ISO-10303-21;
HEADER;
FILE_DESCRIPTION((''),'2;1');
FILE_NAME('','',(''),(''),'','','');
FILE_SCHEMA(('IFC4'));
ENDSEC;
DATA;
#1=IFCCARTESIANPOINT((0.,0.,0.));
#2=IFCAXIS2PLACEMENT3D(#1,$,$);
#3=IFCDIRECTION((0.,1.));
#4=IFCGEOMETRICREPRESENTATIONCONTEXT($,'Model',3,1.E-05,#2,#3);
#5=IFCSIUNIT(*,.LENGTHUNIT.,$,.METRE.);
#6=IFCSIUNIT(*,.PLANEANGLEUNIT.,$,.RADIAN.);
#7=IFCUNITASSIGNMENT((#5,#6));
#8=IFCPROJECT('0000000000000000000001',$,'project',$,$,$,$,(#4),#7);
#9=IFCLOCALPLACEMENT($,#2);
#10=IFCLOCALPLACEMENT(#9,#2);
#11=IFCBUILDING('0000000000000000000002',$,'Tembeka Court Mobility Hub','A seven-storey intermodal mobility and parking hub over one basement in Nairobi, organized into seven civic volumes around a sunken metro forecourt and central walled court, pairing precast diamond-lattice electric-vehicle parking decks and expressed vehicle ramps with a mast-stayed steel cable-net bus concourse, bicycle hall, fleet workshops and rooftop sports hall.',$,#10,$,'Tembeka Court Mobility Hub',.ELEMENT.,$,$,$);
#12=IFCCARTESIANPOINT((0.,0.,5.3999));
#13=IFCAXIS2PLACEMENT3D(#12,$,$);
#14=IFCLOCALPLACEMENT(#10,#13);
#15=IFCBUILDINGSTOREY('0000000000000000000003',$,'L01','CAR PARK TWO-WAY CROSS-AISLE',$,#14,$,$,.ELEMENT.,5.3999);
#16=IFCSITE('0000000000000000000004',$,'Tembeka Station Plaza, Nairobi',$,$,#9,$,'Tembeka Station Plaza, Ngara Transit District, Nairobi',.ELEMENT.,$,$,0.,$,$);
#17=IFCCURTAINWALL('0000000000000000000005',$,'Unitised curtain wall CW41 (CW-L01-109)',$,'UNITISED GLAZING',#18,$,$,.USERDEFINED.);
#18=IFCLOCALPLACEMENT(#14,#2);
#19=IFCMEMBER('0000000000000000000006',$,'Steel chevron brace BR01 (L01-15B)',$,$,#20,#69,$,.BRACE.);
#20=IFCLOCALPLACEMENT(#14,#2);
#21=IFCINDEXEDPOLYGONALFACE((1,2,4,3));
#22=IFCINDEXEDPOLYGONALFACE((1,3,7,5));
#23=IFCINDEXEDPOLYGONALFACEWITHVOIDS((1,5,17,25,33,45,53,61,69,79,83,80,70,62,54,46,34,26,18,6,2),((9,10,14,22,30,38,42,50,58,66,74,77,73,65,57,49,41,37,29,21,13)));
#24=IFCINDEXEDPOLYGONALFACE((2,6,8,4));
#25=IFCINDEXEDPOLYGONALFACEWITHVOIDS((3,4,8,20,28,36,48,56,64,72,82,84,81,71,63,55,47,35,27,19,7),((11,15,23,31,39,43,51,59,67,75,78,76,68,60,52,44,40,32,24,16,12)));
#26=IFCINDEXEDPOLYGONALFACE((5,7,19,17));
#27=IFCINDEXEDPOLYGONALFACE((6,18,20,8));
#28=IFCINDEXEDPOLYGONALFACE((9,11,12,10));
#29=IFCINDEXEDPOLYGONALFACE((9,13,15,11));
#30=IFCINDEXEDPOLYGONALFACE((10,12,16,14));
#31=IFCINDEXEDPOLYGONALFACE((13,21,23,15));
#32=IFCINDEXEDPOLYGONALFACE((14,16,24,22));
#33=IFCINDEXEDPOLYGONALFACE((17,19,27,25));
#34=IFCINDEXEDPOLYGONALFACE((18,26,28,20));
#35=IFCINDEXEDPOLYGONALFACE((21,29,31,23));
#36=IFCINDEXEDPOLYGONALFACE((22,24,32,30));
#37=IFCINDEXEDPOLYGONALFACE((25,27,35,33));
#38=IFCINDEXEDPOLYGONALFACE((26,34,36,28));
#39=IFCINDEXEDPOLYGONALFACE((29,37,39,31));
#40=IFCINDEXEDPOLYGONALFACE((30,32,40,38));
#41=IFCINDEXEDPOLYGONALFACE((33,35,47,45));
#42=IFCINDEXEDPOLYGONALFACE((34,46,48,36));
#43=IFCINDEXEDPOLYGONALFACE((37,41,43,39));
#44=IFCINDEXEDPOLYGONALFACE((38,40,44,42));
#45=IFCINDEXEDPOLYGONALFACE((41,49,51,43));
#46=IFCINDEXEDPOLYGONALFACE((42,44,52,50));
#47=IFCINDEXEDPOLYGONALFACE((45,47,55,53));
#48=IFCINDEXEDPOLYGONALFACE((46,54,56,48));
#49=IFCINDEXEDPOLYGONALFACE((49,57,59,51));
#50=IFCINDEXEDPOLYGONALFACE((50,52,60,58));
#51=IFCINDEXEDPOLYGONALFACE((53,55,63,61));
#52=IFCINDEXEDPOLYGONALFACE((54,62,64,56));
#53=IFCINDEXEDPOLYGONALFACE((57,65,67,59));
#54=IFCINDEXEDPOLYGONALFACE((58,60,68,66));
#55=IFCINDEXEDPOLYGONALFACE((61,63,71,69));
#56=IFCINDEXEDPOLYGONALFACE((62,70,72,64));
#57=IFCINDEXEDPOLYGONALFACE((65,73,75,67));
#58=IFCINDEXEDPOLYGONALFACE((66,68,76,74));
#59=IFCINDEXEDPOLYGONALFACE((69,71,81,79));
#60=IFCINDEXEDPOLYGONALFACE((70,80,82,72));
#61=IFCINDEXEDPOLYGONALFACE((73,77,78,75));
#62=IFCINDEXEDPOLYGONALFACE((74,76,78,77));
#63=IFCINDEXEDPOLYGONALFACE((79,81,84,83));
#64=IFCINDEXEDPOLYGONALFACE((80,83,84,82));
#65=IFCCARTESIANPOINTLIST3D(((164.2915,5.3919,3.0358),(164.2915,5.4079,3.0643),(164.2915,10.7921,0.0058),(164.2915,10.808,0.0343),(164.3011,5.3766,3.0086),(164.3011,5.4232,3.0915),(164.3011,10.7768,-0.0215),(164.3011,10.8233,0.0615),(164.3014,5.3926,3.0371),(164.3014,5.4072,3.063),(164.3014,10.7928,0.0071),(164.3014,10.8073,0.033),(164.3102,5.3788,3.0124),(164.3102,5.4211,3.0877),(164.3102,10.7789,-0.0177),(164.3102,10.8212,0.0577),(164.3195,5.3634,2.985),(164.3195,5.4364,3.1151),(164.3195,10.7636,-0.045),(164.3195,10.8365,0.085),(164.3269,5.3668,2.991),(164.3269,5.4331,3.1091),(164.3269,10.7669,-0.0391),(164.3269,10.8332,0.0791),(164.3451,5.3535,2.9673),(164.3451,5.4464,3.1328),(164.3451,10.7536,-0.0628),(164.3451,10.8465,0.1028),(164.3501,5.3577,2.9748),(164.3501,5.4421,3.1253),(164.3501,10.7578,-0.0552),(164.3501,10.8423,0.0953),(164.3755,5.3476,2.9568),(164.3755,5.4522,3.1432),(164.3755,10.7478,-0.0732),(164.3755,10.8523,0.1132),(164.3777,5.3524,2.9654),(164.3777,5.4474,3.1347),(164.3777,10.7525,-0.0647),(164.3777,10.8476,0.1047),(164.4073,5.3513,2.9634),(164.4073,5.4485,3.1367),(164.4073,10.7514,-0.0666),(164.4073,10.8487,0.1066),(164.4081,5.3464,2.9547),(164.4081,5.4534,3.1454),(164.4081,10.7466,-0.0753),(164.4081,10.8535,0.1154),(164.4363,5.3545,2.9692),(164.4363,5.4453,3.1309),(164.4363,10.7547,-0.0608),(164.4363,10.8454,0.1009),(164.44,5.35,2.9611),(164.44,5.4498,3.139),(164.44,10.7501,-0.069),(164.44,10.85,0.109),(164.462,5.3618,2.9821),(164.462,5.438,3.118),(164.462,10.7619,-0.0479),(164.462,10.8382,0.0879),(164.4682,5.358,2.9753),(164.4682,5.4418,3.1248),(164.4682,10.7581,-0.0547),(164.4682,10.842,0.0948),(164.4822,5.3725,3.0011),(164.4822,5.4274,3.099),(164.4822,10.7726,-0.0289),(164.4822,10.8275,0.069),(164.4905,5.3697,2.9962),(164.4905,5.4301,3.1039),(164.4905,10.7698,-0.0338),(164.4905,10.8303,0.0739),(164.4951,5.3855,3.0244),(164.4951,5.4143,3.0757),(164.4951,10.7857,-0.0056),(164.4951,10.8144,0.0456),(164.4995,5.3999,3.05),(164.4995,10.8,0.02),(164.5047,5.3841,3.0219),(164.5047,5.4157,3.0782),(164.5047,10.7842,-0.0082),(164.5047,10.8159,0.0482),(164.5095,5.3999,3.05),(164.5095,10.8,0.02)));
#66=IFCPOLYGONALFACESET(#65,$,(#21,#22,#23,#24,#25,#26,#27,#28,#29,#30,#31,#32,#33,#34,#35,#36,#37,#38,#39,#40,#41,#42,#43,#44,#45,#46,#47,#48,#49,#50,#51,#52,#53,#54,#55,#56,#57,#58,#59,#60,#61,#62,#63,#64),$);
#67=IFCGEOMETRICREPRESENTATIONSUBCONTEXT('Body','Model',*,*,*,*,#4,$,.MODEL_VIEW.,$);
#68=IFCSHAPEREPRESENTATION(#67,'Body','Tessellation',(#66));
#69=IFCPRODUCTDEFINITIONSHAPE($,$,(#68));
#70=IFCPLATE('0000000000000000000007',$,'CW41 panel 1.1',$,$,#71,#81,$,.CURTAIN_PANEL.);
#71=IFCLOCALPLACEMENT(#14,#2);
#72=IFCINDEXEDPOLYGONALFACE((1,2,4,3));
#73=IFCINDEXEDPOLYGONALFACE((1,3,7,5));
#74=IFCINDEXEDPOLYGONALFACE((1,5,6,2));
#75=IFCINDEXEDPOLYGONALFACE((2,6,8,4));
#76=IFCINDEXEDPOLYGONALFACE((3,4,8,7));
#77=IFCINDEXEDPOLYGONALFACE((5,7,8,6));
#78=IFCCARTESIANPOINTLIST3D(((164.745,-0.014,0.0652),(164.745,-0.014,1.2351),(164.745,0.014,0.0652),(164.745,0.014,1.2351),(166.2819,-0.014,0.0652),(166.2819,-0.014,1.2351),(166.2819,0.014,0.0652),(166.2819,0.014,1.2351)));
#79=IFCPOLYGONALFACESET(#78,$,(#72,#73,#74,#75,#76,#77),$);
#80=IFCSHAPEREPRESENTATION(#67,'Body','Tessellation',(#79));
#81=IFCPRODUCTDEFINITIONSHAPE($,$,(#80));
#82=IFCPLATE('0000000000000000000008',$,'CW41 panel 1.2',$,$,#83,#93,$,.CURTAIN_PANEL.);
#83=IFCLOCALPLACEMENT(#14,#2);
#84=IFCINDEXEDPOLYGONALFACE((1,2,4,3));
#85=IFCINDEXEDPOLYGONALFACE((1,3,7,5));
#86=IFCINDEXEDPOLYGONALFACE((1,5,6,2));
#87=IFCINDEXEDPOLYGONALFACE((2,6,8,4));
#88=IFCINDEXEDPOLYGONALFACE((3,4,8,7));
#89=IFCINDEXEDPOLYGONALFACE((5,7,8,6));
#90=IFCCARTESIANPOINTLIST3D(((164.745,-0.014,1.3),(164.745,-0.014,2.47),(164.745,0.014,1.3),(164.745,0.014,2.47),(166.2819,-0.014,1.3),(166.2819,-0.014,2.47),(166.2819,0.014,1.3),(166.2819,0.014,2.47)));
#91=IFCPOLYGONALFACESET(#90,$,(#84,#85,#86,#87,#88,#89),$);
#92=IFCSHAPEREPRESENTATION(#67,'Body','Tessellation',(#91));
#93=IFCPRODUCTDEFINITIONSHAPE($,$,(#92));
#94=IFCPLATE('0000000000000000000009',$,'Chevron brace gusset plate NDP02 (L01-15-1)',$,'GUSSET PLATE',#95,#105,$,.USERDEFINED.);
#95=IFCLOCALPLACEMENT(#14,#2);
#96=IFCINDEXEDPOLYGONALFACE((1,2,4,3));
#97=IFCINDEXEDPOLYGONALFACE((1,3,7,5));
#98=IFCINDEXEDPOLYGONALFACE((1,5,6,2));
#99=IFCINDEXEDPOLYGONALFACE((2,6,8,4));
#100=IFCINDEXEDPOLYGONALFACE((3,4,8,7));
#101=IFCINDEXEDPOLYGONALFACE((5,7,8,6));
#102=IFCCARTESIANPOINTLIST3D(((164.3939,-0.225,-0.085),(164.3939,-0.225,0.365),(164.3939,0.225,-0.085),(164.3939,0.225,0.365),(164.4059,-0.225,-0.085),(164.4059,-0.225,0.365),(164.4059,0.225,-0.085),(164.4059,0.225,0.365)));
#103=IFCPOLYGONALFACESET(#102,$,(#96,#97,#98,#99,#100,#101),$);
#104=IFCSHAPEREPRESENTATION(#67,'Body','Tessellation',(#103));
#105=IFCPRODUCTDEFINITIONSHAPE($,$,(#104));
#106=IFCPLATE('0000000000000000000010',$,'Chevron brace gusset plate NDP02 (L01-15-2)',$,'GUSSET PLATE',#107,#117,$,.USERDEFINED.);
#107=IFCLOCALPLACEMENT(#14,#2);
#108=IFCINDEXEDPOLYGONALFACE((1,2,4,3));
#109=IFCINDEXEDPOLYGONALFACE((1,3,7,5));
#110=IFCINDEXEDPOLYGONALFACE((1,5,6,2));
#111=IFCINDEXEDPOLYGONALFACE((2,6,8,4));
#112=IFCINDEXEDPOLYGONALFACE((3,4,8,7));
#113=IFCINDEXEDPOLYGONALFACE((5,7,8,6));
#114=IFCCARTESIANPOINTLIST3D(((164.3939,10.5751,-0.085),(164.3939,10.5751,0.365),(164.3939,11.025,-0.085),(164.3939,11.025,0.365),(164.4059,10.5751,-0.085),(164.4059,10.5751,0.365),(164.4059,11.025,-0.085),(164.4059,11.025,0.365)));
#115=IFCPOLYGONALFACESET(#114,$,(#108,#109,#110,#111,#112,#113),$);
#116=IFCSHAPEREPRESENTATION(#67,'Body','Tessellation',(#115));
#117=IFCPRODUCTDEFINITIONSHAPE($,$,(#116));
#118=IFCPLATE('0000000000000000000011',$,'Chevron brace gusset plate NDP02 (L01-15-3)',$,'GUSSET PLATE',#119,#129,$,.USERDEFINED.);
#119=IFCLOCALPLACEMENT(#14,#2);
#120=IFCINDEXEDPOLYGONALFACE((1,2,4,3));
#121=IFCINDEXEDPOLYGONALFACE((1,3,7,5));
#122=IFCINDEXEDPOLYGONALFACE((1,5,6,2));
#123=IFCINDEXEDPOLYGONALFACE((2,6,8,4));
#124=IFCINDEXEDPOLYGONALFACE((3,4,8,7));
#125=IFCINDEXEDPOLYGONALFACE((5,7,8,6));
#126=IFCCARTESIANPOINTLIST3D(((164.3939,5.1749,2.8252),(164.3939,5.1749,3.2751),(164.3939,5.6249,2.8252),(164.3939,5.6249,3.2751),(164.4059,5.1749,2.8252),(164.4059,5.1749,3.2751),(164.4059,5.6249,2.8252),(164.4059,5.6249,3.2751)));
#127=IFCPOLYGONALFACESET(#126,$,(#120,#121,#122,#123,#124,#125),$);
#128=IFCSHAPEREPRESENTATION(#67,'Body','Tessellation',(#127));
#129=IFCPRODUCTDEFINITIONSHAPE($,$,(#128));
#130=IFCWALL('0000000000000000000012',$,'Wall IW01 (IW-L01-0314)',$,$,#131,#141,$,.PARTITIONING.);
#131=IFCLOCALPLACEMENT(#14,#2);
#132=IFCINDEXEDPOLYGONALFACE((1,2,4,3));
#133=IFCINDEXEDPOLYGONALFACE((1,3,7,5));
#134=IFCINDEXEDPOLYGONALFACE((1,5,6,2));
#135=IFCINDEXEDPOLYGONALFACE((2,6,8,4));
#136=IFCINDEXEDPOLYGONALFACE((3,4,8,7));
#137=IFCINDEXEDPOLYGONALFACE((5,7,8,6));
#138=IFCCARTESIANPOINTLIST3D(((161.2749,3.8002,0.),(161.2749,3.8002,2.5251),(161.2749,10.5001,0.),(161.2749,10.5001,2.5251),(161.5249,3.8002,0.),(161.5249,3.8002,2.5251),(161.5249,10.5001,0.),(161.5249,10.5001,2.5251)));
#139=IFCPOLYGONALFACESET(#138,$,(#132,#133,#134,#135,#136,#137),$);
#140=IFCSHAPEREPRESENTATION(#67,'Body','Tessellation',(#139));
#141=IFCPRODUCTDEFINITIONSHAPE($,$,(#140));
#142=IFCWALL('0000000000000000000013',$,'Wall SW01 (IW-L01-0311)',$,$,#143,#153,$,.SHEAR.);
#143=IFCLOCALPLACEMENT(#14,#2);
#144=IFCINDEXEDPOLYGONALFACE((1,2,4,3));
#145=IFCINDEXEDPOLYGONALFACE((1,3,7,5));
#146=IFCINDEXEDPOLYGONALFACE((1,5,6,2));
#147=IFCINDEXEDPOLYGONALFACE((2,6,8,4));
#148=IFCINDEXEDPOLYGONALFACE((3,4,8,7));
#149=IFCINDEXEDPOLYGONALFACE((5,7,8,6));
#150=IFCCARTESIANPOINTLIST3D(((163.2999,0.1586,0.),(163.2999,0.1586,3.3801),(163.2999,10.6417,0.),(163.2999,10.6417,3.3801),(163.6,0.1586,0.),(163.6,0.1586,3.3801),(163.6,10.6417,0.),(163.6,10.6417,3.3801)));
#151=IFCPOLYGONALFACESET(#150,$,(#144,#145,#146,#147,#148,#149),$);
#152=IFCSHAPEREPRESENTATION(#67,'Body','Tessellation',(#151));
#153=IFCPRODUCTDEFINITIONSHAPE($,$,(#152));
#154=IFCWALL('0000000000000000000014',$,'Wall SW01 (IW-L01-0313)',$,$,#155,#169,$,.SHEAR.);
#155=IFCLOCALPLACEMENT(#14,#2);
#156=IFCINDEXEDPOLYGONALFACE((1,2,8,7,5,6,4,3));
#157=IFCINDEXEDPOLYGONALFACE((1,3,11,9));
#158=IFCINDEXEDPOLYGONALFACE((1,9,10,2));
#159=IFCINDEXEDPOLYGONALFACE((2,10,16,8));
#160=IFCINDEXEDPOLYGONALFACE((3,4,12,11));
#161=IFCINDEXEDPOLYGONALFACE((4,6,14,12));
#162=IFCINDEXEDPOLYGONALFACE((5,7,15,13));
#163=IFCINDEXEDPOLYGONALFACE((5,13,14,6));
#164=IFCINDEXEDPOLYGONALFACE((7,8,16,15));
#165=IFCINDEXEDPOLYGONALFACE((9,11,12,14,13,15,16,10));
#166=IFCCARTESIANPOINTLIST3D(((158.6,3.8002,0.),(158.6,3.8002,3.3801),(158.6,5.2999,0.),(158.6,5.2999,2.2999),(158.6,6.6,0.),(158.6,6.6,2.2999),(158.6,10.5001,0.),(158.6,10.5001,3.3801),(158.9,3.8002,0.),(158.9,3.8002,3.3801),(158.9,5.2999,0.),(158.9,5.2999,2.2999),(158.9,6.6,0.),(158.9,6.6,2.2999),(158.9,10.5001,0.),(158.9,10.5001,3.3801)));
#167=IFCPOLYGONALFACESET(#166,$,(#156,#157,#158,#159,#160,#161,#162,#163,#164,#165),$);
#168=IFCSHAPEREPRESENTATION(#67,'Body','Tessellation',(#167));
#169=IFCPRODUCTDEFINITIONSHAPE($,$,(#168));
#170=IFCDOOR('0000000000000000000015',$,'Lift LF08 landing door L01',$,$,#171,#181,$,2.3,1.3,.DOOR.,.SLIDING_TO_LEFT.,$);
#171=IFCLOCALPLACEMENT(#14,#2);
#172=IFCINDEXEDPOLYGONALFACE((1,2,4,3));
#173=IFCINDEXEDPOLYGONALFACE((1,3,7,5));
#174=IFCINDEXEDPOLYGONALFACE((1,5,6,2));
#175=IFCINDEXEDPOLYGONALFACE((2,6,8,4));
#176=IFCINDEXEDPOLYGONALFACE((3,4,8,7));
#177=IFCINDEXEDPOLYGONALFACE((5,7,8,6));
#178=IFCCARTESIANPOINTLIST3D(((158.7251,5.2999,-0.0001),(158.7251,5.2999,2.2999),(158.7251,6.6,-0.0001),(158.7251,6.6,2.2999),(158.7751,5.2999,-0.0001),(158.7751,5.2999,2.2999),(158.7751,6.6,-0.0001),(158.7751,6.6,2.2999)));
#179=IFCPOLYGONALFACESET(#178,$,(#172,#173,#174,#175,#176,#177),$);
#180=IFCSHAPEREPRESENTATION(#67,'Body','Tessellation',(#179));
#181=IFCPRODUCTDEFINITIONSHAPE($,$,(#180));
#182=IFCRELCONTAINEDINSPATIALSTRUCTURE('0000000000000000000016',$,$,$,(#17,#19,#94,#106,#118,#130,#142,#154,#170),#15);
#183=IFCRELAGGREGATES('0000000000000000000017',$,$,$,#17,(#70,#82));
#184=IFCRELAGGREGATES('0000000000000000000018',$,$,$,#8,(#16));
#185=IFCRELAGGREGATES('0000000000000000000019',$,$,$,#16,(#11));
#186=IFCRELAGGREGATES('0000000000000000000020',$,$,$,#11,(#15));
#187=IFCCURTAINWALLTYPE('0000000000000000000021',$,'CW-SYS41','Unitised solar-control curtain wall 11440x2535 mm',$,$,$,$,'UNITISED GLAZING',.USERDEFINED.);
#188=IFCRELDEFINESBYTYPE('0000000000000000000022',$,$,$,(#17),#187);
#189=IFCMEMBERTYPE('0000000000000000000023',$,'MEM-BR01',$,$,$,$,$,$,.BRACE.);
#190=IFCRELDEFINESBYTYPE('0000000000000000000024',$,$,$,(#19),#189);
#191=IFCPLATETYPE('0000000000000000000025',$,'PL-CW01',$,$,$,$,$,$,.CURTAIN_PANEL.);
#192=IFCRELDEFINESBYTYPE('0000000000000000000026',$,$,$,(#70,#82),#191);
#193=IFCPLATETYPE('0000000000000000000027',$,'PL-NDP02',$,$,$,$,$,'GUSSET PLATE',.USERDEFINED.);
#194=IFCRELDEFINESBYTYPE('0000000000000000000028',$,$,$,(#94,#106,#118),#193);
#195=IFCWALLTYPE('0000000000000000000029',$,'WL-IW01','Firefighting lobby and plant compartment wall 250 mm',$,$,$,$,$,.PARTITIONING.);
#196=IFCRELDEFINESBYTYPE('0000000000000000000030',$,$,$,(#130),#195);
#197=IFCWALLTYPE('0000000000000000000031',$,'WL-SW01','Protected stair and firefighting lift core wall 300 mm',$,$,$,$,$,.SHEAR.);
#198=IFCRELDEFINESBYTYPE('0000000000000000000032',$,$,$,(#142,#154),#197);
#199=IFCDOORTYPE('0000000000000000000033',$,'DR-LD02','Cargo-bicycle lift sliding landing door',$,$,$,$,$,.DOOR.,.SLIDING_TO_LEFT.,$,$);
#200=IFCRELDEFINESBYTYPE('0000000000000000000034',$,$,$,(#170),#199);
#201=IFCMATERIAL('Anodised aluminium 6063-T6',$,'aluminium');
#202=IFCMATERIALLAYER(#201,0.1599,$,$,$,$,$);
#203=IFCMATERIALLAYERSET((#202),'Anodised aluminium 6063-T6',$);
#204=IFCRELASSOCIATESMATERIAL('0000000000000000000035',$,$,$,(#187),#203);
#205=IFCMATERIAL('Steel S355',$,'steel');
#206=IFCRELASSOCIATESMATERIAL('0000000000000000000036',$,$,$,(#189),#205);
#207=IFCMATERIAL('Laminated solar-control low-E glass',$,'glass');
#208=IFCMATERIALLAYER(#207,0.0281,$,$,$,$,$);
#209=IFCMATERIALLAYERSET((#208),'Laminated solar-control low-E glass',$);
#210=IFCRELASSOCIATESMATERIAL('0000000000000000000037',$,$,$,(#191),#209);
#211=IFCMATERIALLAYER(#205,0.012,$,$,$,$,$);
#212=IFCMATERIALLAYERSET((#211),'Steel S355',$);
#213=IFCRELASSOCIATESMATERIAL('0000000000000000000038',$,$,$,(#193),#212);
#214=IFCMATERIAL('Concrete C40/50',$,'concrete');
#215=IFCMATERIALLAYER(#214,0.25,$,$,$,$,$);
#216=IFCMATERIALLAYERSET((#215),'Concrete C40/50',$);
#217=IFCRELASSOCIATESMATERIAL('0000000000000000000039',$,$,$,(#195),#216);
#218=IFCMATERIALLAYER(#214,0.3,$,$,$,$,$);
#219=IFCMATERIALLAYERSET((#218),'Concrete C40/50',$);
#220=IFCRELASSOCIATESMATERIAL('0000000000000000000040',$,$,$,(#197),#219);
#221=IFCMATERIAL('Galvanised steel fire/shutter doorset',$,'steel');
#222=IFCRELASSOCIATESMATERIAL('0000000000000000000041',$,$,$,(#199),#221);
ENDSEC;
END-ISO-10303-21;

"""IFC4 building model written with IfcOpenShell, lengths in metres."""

from ifc_helpers import new_model, si_unit, direction, frame, frame_2d, origin, origin_2d, place, context, subcontext, project, spatial, rectangle, hollow_circle, extrude, material, layer, layer_set, material_profile, profile_set, type_object, element, fill, aggregate, save


model = new_model("IFC4")

# Units and contexts
model_context = context("Model", 3, precision=1e-05, world=origin(), true_north=direction((0.0, 1.0)))
body_context = subcontext(model_context, "Body", "Model", "MODEL_VIEW")
ifc_project = project(units=[si_unit("LENGTHUNIT", "METRE"), si_unit("PLANEANGLEUNIT", "RADIAN")], contexts=[model_context])

# Site, building, storey
site_placement = place(None, origin())
site = spatial("IfcSite", under=ifc_project, at=site_placement, Name="Tembeka Station Plaza, Nairobi", LongName="Tembeka Station Plaza, Ngara Transit District, Nairobi", CompositionType="ELEMENT", RefElevation=0.0)
building_placement = place(site_placement, origin())
building = spatial("IfcBuilding", under=site, at=building_placement, Name="Tembeka Court Mobility Hub", Description="A seven-storey intermodal mobility and parking hub over one basement in Nairobi, organized into seven civic volumes around a sunken metro forecourt and central walled court, pairing precast diamond-lattice electric-vehicle parking decks and expressed vehicle ramps with a mast-stayed steel cable-net bus concourse, bicycle hall, fleet workshops and rooftop sports hall.", LongName="Tembeka Court Mobility Hub", CompositionType="ELEMENT")
storey_placement = place(building_placement, frame((0.0, 0.0, 5.3999)))
storey = spatial("IfcBuildingStorey", under=building, at=storey_placement, Name="L01", Description="CAR PARK TWO-WAY CROSS-AISLE", CompositionType="ELEMENT", Elevation=5.3999)

# Shared definitions
ifc_material_1 = material(Name="Steel S355", Category="steel")

# Curtain wall
ifc_material_2 = material(Name="Anodised aluminium 6063-T6", Category="aluminium")
ifc_layer_1 = layer(ifc_material_2, 0.1599)
ifc_layer_set_1 = layer_set([ifc_layer_1], Name="Anodised aluminium 6063-T6")
curtain_wall_type = type_object("IfcCurtainWallType", Name="CW-SYS41", Description="Unitised solar-control curtain wall 11440x2535 mm", ElementType="UNITISED GLAZING", PredefinedType="USERDEFINED", material=ifc_layer_set_1)
curtain_wall_placement = place(storey_placement, origin())
curtain_wall = element("IfcCurtainWall", 1, at=curtain_wall_placement, inside=storey, type_object=curtain_wall_type, Name="Unitised curtain wall CW41 (CW-L01-109)", ObjectType="UNITISED GLAZING", PredefinedType="USERDEFINED")

# Member
ifc_material_profile_1 = material_profile(ifc_material_1, hollow_circle(Radius=0.1096, WallThickness=0.01, at=origin_2d()), Name="CHS 219.1x10")
ifc_profile_set_1 = profile_set([ifc_material_profile_1], Name="Steel S355")
member_type_1 = type_object("IfcMemberType", Name="MEM-BR01", PredefinedType="BRACE", material=ifc_profile_set_1)
member_1_placement = place(storey_placement, frame((164.3999, 10.8, 0.02), z_axis=(0.0, -0.872096, 0.489334), x_axis=(1.0, 0.0, 0.0)))
element("IfcMember", 2, at=member_1_placement, inside=storey, type_object=member_type_1, Name="Steel chevron brace BR01 (L01-15B)", PredefinedType="BRACE", context=body_context, shape_type="SweptSolid", body=[
    extrude(hollow_circle(Radius=0.1096, WallThickness=0.01, at=origin_2d()), origin(), (0.0, 0.0, 1.0), 6.1921),
])

# Plates
ifc_material_3 = material(Name="Laminated solar-control low-E glass", Category="glass")
ifc_layer_2 = layer(ifc_material_3, 0.0281)
ifc_layer_set_2 = layer_set([ifc_layer_2], Name="Laminated solar-control low-E glass")
plate_type_1 = type_object("IfcPlateType", Name="PL-CW01", PredefinedType="CURTAIN_PANEL", material=ifc_layer_set_2)
plate_1_placement = place(storey_placement, frame((165.5134, 0.0, 0.0652), z_axis=(0.0, 0.0, 1.0), x_axis=(1.0, 0.0, 0.0)))
plate_1 = element("IfcPlate", 3, at=plate_1_placement, type_object=plate_type_1, Name="CW41 panel 1.1", PredefinedType="CURTAIN_PANEL", context=body_context, shape_type="SweptSolid", body=[
    extrude(rectangle(XDim=1.5369, YDim=0.0281, at=origin_2d()), origin(), (0.0, 0.0, 1.0), 1.1699),
])
plate_2_placement = place(storey_placement, frame((165.5134, 0.0, 1.3), z_axis=(0.0, 0.0, 1.0), x_axis=(1.0, 0.0, 0.0)))
plate_2 = element("IfcPlate", 4, at=plate_2_placement, type_object=plate_type_1, Name="CW41 panel 1.2", PredefinedType="CURTAIN_PANEL", context=body_context, shape_type="SweptSolid", body=[
    extrude(rectangle(XDim=1.5369, YDim=0.0281, at=origin_2d()), origin(), (0.0, 0.0, 1.0), 1.1699),
])
aggregate(curtain_wall, [plate_1, plate_2])

# Plates
ifc_layer_3 = layer(ifc_material_1, 0.012)
ifc_layer_set_3 = layer_set([ifc_layer_3], Name="Steel S355")
plate_type_2 = type_object("IfcPlateType", Name="PL-NDP02", ElementType="GUSSET PLATE", PredefinedType="USERDEFINED", material=ifc_layer_set_3)
for number, where, z_axis, x_axis, name in (
    (5, (164.3999, 0.0, -0.085), (0.0, 0.0, 1.0), (1.0, 0.0, 0.0), "Chevron brace gusset plate NDP02 (L01-15-1)"),
    (6, (164.3999, 10.8, -0.085), (0.0, 0.0, 1.0), (1.0, 0.0, 0.0), "Chevron brace gusset plate NDP02 (L01-15-2)"),
    (7, (164.3999, 5.3999, 2.8252), (0.0, 0.0, 1.0), (1.0, 0.0, 0.0), "Chevron brace gusset plate NDP02 (L01-15-3)"),
):
    element("IfcPlate", number, at=place(storey_placement, frame(where, z_axis=z_axis, x_axis=x_axis)), inside=storey, type_object=plate_type_2, Name=name, ObjectType="GUSSET PLATE", PredefinedType="USERDEFINED", context=body_context, shape_type="SweptSolid", body=[
        extrude(rectangle(XDim=0.012, YDim=0.45, at=origin_2d()), origin(), (0.0, 0.0, 1.0), 0.45),
    ])

# Walls
ifc_material_4 = material(Name="Concrete C40/50", Category="concrete")
ifc_layer_4 = layer(ifc_material_4, 0.25)
ifc_layer_set_4 = layer_set([ifc_layer_4], Name="Concrete C40/50")
wall_type_1 = type_object("IfcWallType", Name="WL-IW01", Description="Firefighting lobby and plant compartment wall 250 mm", PredefinedType="PARTITIONING", material=ifc_layer_set_4)
wall_1_placement = place(storey_placement, frame((161.3999, 3.8, 0.0), z_axis=(0.0, 0.0, 1.0), x_axis=(0.0, 1.0, 0.0)))
element("IfcWall", 8, at=wall_1_placement, inside=storey, type_object=wall_type_1, Name="Wall IW01 (IW-L01-0314)", PredefinedType="PARTITIONING", context=body_context, shape_type="SweptSolid", body=[
    extrude(rectangle(XDim=6.7, YDim=0.25, at=frame_2d((3.3501, 0.0))), origin(), (0.0, 0.0, 1.0), 2.5251),
])
ifc_layer_5 = layer(ifc_material_4, 0.3)
ifc_layer_set_5 = layer_set([ifc_layer_5], Name="Concrete C40/50")
wall_type_2 = type_object("IfcWallType", Name="WL-SW01", Description="Protected stair and firefighting lift core wall 300 mm", PredefinedType="SHEAR", material=ifc_layer_set_5)
wall_2_placement = place(storey_placement, frame((163.45, 0.1584, 0.0), z_axis=(0.0, 0.0, 1.0), x_axis=(0.0, 1.0, 0.0)))
element("IfcWall", 9, at=wall_2_placement, inside=storey, type_object=wall_type_2, Name="Wall SW01 (IW-L01-0311)", PredefinedType="SHEAR", context=body_context, shape_type="SweptSolid", body=[
    extrude(rectangle(XDim=10.4832, YDim=0.3, at=frame_2d((5.2417, 0.0))), origin(), (0.0, 0.0, 1.0), 3.3801),
])

# Wall, opening, door
wall_3_placement = place(storey_placement, frame((158.75, 3.8, 0.0), z_axis=(0.0, 0.0, 1.0), x_axis=(0.0, 1.0, 0.0)))
wall_3 = element("IfcWall", 10, at=wall_3_placement, inside=storey, type_object=wall_type_2, Name="Wall SW01 (IW-L01-0313)", PredefinedType="SHEAR", context=body_context, shape_type="SweptSolid", body=[
    extrude(rectangle(XDim=6.7, YDim=0.3, at=frame_2d((3.3501, 0.0))), origin(), (0.0, 0.0, 1.0), 3.3801),
])
opening_placement = place(wall_3_placement, frame((1.5, 0.0, 0.0)))
opening = element("IfcOpeningElement", 11, at=opening_placement, cuts=wall_3, PredefinedType="OPENING", context=body_context, shape_type="SweptSolid", body=[
    extrude(rectangle(XDim=1.3, YDim=2.3, at=frame_2d((0.6499, 1.1499))), frame((0.0, 0.1602, 0.0), z_axis=(0.0, -1.0, 0.0), x_axis=(1.0, 0.0, 0.0)), (0.0, 0.0, 1.0), 0.3201),
])
ifc_material_5 = material(Name="Galvanised steel fire/shutter doorset", Category="steel")
door_type = type_object("IfcDoorType", Name="DR-LD02", Description="Cargo-bicycle lift sliding landing door", OperationType="SLIDING_TO_LEFT", PredefinedType="DOOR", material=ifc_material_5)
door_placement = place(opening_placement, origin())
door = element("IfcDoor", 12, at=door_placement, inside=storey, type_object=door_type, Name="Lift LF08 landing door L01", OperationType="SLIDING_TO_LEFT", OverallHeight=2.3, OverallWidth=1.3, PredefinedType="DOOR", context=body_context, shape_type="SweptSolid", body=[
    extrude(rectangle(XDim=1.3, YDim=2.3, at=frame_2d((0.6499, 1.1499))), frame((0.0, 0.0249, 0.0), z_axis=(0.0, -1.0, 0.0), x_axis=(1.0, 0.0, 0.0)), (0.0, 0.0, 1.0), 0.05),
])
fill(opening, door)

save(model, "model.ifc")
